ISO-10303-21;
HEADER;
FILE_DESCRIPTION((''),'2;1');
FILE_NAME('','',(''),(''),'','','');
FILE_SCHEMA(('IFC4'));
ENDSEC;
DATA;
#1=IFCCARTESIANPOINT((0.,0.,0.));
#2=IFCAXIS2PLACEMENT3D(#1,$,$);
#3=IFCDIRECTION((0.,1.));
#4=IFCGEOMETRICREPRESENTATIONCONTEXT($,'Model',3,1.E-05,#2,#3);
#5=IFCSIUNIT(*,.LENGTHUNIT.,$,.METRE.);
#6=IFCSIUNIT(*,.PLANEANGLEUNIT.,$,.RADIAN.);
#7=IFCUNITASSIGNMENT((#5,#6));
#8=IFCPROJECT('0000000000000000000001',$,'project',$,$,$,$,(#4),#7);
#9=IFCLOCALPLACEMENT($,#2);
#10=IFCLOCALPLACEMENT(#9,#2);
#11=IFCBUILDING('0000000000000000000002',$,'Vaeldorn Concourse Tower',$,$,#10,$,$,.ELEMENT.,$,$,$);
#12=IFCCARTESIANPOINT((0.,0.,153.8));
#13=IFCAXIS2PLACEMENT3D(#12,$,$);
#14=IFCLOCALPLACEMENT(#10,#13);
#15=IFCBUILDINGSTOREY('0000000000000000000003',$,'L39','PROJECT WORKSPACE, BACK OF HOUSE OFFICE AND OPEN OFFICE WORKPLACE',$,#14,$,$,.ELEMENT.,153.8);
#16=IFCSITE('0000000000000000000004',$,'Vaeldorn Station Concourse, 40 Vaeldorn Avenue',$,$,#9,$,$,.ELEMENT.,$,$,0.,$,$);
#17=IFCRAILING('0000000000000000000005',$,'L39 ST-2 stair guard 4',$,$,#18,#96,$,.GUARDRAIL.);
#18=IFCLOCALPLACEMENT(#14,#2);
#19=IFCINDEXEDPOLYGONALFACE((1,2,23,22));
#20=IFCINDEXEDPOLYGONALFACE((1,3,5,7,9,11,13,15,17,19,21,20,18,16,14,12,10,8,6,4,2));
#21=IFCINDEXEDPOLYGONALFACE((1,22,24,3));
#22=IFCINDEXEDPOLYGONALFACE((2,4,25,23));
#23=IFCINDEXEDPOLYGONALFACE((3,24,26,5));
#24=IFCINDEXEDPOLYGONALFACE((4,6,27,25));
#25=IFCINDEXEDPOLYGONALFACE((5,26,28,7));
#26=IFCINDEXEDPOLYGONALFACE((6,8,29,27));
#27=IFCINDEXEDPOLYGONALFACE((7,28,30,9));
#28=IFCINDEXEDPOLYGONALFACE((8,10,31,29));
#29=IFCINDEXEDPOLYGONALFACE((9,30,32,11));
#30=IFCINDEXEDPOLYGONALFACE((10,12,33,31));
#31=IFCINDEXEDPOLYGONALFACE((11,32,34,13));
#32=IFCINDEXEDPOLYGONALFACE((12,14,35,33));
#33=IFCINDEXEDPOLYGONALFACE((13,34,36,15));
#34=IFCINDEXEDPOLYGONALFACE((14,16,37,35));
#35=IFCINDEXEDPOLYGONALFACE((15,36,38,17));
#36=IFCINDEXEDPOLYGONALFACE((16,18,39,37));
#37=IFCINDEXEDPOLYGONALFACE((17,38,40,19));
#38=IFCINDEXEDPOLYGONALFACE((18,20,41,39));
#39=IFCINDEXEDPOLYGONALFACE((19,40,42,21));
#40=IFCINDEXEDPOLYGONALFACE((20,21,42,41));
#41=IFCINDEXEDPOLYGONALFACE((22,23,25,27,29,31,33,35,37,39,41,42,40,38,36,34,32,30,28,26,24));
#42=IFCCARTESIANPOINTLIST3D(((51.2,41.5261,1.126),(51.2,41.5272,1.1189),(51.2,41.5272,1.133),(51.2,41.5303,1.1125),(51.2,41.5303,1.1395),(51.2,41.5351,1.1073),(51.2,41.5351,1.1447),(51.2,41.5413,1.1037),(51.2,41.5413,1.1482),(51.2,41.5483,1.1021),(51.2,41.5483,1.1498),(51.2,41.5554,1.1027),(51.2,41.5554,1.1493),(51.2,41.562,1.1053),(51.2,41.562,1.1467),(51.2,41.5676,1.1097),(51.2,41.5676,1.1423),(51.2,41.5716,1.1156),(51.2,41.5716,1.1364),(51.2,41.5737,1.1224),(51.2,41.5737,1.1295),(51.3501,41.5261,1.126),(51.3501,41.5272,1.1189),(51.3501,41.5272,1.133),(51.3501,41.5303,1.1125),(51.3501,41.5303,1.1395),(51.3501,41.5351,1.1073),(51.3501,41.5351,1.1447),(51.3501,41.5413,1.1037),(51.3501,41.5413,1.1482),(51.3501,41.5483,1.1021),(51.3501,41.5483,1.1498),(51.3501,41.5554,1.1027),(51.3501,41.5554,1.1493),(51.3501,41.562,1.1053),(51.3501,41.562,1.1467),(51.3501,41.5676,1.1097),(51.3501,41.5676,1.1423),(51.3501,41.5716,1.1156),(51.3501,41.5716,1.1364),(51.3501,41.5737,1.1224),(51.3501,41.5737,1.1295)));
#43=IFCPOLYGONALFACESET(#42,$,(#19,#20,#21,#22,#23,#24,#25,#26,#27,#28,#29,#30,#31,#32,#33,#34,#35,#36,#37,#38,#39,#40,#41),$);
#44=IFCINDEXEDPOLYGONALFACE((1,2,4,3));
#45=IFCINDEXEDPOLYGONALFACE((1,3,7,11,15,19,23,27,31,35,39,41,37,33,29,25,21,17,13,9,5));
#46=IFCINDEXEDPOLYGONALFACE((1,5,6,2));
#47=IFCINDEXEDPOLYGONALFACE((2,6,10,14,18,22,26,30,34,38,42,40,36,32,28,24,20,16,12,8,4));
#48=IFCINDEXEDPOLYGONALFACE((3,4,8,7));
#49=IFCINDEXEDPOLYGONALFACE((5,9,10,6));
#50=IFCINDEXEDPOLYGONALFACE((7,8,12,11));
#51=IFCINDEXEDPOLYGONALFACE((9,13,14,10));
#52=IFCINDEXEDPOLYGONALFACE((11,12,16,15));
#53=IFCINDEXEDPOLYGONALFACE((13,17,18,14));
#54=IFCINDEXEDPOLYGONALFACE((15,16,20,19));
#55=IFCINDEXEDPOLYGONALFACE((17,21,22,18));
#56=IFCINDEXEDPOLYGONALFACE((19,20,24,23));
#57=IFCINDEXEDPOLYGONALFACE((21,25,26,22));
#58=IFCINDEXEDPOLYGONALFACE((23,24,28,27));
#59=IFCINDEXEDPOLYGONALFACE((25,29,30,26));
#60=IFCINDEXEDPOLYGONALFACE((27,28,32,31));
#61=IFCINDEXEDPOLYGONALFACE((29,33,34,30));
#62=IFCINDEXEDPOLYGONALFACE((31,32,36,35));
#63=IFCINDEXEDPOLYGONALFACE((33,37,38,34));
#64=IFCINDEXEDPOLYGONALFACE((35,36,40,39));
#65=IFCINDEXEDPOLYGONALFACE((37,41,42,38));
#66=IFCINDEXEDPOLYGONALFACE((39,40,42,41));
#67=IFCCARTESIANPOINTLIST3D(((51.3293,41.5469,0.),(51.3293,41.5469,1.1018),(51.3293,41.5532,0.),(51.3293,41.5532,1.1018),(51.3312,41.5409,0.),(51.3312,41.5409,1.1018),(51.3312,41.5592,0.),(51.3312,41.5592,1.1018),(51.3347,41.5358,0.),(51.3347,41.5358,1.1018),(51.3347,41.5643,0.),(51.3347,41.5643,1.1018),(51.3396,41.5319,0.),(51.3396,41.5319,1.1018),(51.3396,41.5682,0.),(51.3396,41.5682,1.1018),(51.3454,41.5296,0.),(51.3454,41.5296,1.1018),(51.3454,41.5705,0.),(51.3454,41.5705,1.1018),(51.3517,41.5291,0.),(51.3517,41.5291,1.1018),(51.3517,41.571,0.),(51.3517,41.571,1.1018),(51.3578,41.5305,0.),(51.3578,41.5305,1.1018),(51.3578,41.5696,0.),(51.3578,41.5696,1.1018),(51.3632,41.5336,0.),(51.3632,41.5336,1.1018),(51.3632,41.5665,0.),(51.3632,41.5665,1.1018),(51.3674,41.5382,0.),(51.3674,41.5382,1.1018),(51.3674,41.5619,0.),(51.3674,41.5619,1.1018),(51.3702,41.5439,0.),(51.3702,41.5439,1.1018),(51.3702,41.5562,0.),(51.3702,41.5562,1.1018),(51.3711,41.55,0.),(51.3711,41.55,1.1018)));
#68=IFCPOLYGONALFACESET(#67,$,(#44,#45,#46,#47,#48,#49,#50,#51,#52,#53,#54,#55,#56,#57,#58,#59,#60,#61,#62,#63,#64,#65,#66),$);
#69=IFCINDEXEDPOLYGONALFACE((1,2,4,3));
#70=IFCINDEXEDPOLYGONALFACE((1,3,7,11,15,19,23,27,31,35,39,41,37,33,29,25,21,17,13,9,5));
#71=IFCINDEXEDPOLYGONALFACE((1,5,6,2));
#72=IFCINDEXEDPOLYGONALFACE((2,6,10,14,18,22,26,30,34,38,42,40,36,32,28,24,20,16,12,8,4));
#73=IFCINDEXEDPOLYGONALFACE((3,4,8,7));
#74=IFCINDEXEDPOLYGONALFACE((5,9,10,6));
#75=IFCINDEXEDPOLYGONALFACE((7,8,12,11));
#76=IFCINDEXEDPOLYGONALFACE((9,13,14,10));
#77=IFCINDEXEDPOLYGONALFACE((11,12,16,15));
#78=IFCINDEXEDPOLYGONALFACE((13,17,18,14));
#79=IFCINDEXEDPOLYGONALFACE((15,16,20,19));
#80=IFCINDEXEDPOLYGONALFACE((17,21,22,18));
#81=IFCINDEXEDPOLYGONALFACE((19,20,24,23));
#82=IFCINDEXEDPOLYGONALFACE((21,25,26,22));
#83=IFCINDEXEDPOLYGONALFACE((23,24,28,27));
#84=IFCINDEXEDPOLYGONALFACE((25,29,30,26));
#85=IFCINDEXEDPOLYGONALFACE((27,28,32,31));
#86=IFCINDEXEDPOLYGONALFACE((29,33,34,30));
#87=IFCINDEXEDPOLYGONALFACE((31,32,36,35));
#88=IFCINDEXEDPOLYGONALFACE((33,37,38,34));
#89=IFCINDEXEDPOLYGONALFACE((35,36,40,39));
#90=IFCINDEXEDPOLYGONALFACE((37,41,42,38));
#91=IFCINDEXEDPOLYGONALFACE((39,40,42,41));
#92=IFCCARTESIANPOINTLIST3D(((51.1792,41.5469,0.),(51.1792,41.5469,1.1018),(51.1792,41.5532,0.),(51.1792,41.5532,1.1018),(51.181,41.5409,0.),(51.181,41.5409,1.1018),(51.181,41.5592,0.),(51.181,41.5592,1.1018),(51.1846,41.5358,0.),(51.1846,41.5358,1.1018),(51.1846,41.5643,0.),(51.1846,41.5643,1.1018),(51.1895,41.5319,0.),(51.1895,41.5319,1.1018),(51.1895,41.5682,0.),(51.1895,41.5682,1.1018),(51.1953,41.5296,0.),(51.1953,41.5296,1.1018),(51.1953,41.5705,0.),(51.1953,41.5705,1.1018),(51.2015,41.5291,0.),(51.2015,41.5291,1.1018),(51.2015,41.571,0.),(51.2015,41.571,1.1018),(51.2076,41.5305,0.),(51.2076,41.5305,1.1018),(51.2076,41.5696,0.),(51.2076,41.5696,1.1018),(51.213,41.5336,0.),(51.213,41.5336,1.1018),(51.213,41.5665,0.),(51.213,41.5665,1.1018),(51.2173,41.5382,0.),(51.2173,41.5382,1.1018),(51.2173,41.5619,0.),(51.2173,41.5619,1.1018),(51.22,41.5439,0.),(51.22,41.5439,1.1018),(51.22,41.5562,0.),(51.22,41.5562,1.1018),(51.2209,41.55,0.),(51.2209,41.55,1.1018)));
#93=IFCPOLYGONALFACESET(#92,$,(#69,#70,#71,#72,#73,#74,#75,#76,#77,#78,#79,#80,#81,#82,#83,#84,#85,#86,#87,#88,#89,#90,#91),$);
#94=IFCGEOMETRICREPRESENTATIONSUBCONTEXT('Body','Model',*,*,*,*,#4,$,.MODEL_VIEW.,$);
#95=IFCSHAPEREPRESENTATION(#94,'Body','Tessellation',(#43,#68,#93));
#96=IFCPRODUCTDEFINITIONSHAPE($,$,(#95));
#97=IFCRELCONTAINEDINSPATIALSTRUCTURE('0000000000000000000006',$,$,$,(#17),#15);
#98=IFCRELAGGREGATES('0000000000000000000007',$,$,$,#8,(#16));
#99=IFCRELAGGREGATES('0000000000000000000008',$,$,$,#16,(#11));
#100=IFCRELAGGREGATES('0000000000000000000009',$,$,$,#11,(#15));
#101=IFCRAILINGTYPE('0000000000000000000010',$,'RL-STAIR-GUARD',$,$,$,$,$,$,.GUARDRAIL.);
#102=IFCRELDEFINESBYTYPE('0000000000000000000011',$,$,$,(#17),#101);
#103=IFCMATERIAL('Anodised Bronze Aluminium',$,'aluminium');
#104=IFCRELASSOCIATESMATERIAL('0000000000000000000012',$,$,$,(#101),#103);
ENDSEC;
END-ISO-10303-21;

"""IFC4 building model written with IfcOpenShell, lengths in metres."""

from ifc_helpers import new_model, si_unit, direction, frame, origin, origin_2d, place, context, subcontext, project, spatial, circle, extrude, material, type_object, element, save


model = new_model("IFC4")

# Units and contexts
model_context = context("Model", 3, precision=1e-05, world=origin(), true_north=direction((0.0, 1.0)))
body_context = subcontext(model_context, "Body", "Model", "MODEL_VIEW")
ifc_project = project(units=[si_unit("LENGTHUNIT", "METRE"), si_unit("PLANEANGLEUNIT", "RADIAN")], contexts=[model_context])

# Site, building, storey
site_placement = place(None, origin())
site = spatial("IfcSite", under=ifc_project, at=site_placement, Name="Vaeldorn Station Concourse, 40 Vaeldorn Avenue", CompositionType="ELEMENT", RefElevation=0.0)
building_placement = place(site_placement, origin())
building = spatial("IfcBuilding", under=site, at=building_placement, Name="Vaeldorn Concourse Tower", CompositionType="ELEMENT")
storey_placement = place(building_placement, frame((0.0, 0.0, 153.8)))
storey = spatial("IfcBuildingStorey", under=building, at=storey_placement, Name="L39", Description="PROJECT WORKSPACE, BACK OF HOUSE OFFICE AND OPEN OFFICE WORKPLACE", CompositionType="ELEMENT", Elevation=153.8)

# Shared definitions
ifc_material_1 = material(Name="Anodised Bronze Aluminium", Category="aluminium")

# Railing
railing_type_1 = type_object("IfcRailingType", Name="RL-STAIR-GUARD", PredefinedType="GUARDRAIL", material=ifc_material_1)
railing_1_placement = place(storey_placement, frame((51.3501, 41.55, 0.0)))
element("IfcRailing", 1, at=railing_1_placement, inside=storey, type_object=railing_type_1, Name="L39 ST-2 stair guard 4", PredefinedType="GUARDRAIL", context=body_context, shape_type="SweptSolid", body=[
    extrude(circle(Radius=0.0239, at=origin_2d()), frame((0.0, 0.0, 1.126), z_axis=(-1.0, 0.0, 0.0), x_axis=(0.0, -1.0, 0.0)), (0.0, 0.0, 1.0), 0.1501),
    extrude(circle(Radius=0.021, at=origin_2d()), origin(), (0.0, 0.0, 1.0), 1.1018),
    extrude(circle(Radius=0.021, at=origin_2d()), frame((-0.1501, 0.0, 0.0)), (0.0, 0.0, 1.0), 1.1018),
])

save(model, "model.ifc")
